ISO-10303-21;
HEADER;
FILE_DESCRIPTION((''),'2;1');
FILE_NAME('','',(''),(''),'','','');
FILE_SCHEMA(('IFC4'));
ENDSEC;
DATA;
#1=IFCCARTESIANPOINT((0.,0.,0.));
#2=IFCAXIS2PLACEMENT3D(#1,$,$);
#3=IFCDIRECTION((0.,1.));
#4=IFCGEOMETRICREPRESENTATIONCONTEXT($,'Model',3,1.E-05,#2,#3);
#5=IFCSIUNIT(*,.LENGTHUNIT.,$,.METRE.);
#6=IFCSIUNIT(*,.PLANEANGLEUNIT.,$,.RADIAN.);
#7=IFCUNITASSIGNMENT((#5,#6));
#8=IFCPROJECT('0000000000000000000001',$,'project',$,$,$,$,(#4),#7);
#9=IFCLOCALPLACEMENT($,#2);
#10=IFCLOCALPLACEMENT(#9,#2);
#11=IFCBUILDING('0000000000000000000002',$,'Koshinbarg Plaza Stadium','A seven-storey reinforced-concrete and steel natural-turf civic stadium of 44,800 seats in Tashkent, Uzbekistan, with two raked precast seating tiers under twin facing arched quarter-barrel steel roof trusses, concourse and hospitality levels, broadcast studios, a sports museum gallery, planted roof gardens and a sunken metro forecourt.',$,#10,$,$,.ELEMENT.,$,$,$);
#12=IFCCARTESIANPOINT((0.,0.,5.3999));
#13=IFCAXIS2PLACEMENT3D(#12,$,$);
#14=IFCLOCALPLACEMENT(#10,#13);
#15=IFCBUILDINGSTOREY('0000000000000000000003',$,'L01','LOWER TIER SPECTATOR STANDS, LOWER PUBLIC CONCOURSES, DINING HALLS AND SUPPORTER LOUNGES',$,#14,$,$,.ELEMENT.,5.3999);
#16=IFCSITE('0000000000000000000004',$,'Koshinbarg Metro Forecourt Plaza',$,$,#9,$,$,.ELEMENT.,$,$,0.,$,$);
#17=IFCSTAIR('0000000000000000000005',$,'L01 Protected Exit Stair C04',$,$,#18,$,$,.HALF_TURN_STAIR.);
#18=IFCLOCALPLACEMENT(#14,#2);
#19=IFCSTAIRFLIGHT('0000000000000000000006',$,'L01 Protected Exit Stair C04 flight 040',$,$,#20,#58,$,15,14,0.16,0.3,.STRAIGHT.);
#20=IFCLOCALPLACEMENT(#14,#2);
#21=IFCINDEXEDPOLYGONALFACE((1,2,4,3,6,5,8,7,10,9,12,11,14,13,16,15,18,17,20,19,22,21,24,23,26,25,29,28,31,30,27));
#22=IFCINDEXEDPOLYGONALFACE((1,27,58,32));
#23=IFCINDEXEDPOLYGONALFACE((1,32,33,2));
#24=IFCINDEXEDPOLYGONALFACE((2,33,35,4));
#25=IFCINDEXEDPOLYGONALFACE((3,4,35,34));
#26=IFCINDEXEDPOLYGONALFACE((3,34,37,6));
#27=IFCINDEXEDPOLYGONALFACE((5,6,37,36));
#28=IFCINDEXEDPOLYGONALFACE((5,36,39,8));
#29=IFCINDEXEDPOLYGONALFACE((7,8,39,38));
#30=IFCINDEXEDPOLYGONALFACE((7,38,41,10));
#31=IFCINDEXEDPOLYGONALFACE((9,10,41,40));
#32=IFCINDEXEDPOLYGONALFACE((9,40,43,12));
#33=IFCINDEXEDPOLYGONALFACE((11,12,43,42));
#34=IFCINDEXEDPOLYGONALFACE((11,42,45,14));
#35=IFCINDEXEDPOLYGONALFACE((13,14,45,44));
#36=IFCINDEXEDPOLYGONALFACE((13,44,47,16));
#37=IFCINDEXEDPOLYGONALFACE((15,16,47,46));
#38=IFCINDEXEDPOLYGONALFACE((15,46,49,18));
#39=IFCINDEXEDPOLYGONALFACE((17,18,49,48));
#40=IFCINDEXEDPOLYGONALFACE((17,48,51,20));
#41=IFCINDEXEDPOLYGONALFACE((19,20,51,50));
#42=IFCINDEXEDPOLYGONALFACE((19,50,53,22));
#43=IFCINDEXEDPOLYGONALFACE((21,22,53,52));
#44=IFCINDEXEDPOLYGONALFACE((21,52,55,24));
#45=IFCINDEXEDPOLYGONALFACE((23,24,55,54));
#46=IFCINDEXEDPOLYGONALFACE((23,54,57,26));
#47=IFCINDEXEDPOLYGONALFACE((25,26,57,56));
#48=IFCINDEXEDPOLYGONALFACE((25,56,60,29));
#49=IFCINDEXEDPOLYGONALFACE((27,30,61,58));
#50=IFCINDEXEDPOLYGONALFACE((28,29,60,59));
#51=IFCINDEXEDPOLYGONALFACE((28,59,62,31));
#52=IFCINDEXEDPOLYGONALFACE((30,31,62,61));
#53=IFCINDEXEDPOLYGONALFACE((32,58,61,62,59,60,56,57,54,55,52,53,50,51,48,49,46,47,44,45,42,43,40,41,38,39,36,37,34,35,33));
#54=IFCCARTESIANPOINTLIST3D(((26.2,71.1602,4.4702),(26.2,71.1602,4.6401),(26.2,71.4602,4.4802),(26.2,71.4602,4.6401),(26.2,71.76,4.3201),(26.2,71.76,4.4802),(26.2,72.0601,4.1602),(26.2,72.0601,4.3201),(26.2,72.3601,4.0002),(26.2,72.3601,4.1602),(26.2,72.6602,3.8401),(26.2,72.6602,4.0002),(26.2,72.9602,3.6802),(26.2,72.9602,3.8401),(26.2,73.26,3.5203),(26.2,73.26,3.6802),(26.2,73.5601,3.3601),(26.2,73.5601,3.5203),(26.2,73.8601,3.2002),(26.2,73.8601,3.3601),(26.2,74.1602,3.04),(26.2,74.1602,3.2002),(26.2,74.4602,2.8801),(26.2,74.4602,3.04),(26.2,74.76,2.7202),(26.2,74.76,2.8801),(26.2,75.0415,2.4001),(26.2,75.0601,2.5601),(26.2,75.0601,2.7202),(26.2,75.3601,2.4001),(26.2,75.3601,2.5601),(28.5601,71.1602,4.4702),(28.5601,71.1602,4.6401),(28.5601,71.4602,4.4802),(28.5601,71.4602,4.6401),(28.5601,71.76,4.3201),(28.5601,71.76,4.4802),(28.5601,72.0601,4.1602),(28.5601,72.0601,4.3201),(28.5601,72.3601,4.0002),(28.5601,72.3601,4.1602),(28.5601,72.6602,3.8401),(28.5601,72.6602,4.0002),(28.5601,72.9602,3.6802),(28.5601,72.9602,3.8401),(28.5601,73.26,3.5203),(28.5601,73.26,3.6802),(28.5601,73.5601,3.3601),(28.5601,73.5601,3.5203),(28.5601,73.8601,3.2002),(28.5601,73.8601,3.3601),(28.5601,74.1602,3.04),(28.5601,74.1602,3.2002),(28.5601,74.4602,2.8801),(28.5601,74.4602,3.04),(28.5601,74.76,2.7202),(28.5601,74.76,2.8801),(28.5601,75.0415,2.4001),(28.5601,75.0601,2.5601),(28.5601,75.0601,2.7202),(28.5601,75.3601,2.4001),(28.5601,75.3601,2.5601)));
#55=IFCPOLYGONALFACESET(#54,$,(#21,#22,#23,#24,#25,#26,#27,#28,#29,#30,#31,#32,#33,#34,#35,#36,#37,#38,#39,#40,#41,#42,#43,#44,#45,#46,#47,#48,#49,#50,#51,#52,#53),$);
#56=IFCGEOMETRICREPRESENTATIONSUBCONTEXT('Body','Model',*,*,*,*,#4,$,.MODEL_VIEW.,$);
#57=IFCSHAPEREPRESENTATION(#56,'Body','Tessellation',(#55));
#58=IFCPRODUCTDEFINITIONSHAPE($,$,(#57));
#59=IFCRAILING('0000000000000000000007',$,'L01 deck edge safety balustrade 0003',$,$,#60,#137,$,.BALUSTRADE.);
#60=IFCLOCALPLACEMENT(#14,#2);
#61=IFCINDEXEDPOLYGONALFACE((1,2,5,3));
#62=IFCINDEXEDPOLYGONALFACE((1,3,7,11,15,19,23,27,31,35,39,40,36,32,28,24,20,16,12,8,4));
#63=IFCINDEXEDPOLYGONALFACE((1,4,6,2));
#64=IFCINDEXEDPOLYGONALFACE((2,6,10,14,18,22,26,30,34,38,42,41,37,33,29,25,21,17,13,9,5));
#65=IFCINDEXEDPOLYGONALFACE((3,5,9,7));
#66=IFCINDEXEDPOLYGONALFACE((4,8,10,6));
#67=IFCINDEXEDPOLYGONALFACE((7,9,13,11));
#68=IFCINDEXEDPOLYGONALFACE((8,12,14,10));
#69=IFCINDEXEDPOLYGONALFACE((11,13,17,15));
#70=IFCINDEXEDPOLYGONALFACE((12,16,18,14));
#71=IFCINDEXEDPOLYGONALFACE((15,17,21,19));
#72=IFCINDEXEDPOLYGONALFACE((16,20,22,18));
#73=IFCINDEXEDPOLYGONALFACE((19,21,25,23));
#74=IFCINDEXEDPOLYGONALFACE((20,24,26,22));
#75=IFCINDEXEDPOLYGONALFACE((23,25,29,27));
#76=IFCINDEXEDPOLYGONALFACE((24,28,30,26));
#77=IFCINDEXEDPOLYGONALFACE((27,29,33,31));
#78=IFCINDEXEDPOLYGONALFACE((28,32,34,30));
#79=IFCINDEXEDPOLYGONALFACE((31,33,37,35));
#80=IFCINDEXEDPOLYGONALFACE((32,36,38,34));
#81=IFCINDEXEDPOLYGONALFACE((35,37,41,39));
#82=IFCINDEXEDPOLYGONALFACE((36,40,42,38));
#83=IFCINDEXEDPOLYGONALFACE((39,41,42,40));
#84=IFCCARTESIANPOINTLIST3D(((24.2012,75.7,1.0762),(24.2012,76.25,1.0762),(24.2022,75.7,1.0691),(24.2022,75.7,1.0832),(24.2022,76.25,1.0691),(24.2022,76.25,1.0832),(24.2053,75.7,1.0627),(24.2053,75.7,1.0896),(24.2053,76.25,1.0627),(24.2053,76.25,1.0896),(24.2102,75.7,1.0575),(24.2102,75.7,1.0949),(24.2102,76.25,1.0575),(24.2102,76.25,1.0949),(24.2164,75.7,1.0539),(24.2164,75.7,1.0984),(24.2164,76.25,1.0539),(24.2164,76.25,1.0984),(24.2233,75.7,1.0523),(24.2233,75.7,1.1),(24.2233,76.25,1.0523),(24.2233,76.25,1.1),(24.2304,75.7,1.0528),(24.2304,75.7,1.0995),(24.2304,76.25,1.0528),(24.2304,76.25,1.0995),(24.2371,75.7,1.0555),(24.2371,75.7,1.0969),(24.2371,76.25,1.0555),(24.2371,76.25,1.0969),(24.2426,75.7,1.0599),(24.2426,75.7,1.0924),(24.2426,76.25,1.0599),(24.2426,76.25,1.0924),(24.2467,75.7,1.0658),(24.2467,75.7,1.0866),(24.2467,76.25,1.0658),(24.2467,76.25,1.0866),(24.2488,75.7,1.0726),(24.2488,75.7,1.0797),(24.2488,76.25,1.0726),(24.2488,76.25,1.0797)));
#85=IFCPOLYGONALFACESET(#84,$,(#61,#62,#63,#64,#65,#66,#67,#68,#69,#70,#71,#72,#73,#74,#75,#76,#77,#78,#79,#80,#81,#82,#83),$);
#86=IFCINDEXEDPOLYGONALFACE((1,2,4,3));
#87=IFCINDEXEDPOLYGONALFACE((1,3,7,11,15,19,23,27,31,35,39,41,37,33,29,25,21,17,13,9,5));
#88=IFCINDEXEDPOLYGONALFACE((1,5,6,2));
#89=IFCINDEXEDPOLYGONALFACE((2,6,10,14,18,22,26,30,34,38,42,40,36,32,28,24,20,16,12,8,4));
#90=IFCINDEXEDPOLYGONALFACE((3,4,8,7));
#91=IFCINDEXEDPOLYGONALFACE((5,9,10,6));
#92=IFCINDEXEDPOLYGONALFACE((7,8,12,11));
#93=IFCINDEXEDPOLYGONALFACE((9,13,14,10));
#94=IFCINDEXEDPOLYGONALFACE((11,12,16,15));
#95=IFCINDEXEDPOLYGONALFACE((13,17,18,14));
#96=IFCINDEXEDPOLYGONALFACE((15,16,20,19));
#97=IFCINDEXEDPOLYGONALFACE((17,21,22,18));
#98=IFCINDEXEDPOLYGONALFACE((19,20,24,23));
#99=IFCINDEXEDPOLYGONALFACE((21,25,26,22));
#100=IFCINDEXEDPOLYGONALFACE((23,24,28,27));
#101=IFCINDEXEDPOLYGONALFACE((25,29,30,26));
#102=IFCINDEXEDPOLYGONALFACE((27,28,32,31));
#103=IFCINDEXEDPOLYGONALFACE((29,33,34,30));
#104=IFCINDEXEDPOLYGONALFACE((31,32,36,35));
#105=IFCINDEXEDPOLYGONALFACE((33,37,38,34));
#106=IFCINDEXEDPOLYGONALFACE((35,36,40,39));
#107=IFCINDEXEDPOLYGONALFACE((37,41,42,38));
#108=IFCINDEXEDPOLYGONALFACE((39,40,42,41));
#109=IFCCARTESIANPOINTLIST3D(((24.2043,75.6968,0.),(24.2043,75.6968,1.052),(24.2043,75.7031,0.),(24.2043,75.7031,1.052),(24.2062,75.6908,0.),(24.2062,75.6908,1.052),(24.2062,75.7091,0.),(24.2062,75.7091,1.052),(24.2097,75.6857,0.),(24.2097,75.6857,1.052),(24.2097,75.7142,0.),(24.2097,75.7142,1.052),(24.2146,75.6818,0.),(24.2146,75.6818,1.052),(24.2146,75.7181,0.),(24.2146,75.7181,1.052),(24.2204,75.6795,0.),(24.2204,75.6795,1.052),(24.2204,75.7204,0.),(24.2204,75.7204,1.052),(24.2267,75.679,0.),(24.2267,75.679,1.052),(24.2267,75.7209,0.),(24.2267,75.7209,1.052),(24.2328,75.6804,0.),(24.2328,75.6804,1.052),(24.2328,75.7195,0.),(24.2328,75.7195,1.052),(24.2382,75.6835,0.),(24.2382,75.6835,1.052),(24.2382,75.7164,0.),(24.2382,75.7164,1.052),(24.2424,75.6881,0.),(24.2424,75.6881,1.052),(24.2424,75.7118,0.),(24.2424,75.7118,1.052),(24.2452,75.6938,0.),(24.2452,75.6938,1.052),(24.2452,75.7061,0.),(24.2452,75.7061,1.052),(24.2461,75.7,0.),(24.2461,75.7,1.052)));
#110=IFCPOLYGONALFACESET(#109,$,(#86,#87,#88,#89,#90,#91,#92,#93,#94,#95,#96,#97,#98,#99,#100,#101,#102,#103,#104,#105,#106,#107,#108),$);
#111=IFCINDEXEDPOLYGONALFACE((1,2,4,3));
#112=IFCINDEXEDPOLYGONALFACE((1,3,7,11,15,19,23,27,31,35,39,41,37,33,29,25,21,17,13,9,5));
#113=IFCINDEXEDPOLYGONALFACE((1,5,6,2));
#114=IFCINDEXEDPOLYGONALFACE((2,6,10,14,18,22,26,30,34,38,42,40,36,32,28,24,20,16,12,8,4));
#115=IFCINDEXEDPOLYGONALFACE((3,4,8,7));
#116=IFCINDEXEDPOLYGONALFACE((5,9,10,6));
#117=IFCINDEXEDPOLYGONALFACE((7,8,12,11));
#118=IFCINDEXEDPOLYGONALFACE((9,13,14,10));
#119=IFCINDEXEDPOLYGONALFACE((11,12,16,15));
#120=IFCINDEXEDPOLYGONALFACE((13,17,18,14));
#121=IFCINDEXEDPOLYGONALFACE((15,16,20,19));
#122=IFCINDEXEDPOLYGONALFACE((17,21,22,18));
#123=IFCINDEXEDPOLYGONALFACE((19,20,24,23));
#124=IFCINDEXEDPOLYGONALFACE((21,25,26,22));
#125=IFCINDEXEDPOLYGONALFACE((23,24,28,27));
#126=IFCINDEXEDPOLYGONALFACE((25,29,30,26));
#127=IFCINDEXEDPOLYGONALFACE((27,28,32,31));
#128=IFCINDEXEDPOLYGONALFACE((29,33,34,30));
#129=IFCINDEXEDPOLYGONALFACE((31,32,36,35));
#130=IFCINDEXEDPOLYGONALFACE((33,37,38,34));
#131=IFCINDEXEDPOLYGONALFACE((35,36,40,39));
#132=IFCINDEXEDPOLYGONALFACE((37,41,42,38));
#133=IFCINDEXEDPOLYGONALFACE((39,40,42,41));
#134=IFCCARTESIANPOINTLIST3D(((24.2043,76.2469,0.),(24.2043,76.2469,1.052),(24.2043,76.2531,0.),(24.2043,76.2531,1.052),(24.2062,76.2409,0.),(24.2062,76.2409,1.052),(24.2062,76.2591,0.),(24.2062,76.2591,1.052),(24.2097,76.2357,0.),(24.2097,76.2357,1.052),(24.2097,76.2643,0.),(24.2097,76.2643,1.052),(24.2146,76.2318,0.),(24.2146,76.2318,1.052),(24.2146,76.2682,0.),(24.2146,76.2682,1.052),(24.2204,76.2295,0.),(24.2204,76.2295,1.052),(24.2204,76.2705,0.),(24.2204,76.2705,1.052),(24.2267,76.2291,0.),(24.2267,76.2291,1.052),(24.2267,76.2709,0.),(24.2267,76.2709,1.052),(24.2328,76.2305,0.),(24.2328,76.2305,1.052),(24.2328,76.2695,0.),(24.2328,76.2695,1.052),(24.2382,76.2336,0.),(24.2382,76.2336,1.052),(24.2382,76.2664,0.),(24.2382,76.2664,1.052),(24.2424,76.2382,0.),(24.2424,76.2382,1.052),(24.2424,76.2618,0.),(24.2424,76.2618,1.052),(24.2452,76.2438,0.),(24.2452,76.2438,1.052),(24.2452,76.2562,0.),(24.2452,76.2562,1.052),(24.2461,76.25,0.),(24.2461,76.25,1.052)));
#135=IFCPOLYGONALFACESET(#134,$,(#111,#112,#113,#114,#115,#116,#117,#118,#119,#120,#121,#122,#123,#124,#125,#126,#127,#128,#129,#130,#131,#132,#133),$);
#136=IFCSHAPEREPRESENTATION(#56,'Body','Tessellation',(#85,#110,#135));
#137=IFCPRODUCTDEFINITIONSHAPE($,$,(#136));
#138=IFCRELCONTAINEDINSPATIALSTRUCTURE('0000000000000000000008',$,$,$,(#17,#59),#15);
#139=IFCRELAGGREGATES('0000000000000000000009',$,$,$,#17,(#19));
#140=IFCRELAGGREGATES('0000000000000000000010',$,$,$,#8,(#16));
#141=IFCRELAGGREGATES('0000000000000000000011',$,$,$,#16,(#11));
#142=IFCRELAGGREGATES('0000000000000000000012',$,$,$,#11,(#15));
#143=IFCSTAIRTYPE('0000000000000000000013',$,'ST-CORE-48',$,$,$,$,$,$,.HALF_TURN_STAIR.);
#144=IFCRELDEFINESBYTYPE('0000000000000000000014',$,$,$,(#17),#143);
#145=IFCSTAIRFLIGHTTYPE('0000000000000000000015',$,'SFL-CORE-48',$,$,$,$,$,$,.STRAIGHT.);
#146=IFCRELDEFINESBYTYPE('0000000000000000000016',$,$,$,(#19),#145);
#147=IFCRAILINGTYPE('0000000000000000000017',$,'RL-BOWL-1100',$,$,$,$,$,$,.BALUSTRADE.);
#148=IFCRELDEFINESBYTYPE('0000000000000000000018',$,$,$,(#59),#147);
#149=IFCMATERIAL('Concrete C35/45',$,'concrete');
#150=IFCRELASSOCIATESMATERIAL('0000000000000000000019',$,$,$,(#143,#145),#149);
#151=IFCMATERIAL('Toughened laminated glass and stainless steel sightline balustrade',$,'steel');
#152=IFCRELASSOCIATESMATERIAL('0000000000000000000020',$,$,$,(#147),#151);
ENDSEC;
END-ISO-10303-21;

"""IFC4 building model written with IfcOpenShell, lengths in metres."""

from ifc_helpers import new_model, si_unit, direction, frame, origin, origin_2d, place, context, subcontext, project, spatial, polyline, circle, outline, extrude, material, type_object, element, aggregate, save


model = new_model("IFC4")

# Units and contexts
model_context = context("Model", 3, precision=1e-05, world=origin(), true_north=direction((0.0, 1.0)))
body_context = subcontext(model_context, "Body", "Model", "MODEL_VIEW")
ifc_project = project(units=[si_unit("LENGTHUNIT", "METRE"), si_unit("PLANEANGLEUNIT", "RADIAN")], contexts=[model_context])

# Site, building, storey
site_placement = place(None, origin())
site = spatial("IfcSite", under=ifc_project, at=site_placement, Name="Koshinbarg Metro Forecourt Plaza", CompositionType="ELEMENT", RefElevation=0.0)
building_placement = place(site_placement, origin())
building = spatial("IfcBuilding", under=site, at=building_placement, Name="Koshinbarg Plaza Stadium", Description="A seven-storey reinforced-concrete and steel natural-turf civic stadium of 44,800 seats in Tashkent, Uzbekistan, with two raked precast seating tiers under twin facing arched quarter-barrel steel roof trusses, concourse and hospitality levels, broadcast studios, a sports museum gallery, planted roof gardens and a sunken metro forecourt.", CompositionType="ELEMENT")
storey_placement = place(building_placement, frame((0.0, 0.0, 5.3999)))
storey = spatial("IfcBuildingStorey", under=building, at=storey_placement, Name="L01", Description="LOWER TIER SPECTATOR STANDS, LOWER PUBLIC CONCOURSES, DINING HALLS AND SUPPORTER LOUNGES", CompositionType="ELEMENT", Elevation=5.3999)

# Stair, stair flight
ifc_material_1 = material(Name="Concrete C35/45", Category="concrete")
stair_type = type_object("IfcStairType", Name="ST-CORE-48", PredefinedType="HALF_TURN_STAIR", material=ifc_material_1)
stair_placement = place(storey_placement, origin())
stair = element("IfcStair", 1, at=stair_placement, inside=storey, type_object=stair_type, Name="L01 Protected Exit Stair C04", PredefinedType="HALF_TURN_STAIR")
stair_flight_type = type_object("IfcStairFlightType", Name="SFL-CORE-48", PredefinedType="STRAIGHT", material=ifc_material_1)
stair_flight_placement = place(storey_placement, frame((27.3799, 75.3601, 2.4001), z_axis=(0.0, 0.0, 1.0), x_axis=(0.0, -1.0, 0.0)))
stair_flight = element("IfcStairFlight", 2, at=stair_flight_placement, type_object=stair_flight_type, Name="L01 Protected Exit Stair C04 flight 040", NumberOfRisers=15, NumberOfTreads=14, PredefinedType="STRAIGHT", RiserHeight=0.16, TreadLength=0.3, context=body_context, shape_type="SweptSolid", body=[
    extrude(outline(polyline([(0.0, 0.0), (0.0, 0.1599), (0.3, 0.1599), (0.3, 0.3201), (0.6001, 0.3201), (0.6001, 0.48), (0.8999, 0.48), (0.8999, 0.6399), (1.2, 0.6399), (1.2, 0.8), (1.5, 0.8), (1.5, 0.96), (1.8, 0.96), (1.8, 1.1201), (2.1001, 1.1201), (2.1001, 1.28), (2.3999, 1.28), (2.3999, 1.4399), (2.7, 1.4399), (2.7, 1.6001), (3.0, 1.6001), (3.0, 1.76), (3.3, 1.76), (3.3, 1.9199), (3.6001, 1.9199), (3.6001, 2.0801), (3.8999, 2.0801), (3.8999, 2.24), (4.2, 2.24), (4.2, 2.3999), (4.2, 2.0701), (0.3186, 0.0), (0.0, 0.0)])), frame((0.0, 1.1802, 0.0), z_axis=(0.0, -1.0, 0.0), x_axis=(1.0, 0.0, 0.0)), (0.0, 0.0, 1.0), 2.3601),
])
aggregate(stair, [stair_flight])

# Railing
ifc_material_2 = material(Name="Toughened laminated glass and stainless steel sightline balustrade", Category="steel")
railing_type_1 = type_object("IfcRailingType", Name="RL-BOWL-1100", PredefinedType="BALUSTRADE", material=ifc_material_2)
railing_1_placement = place(storey_placement, frame((24.2251, 75.7, 0.0)))
element("IfcRailing", 3, at=railing_1_placement, inside=storey, type_object=railing_type_1, Name="L01 deck edge safety balustrade 0003", PredefinedType="BALUSTRADE", context=body_context, shape_type="SweptSolid", body=[
    extrude(circle(Radius=0.0239, at=origin_2d()), frame((0.0, 0.0, 1.0762), z_axis=(0.0, 1.0, 0.0), x_axis=(-1.0, 0.0, 0.0)), (0.0, 0.0, 1.0), 0.55),
    extrude(circle(Radius=0.021, at=origin_2d()), origin(), (0.0, 0.0, 1.0), 1.052),
    extrude(circle(Radius=0.021, at=origin_2d()), frame((0.0, 0.55, 0.0)), (0.0, 0.0, 1.0), 1.052),
])

save(model, "model.ifc")
